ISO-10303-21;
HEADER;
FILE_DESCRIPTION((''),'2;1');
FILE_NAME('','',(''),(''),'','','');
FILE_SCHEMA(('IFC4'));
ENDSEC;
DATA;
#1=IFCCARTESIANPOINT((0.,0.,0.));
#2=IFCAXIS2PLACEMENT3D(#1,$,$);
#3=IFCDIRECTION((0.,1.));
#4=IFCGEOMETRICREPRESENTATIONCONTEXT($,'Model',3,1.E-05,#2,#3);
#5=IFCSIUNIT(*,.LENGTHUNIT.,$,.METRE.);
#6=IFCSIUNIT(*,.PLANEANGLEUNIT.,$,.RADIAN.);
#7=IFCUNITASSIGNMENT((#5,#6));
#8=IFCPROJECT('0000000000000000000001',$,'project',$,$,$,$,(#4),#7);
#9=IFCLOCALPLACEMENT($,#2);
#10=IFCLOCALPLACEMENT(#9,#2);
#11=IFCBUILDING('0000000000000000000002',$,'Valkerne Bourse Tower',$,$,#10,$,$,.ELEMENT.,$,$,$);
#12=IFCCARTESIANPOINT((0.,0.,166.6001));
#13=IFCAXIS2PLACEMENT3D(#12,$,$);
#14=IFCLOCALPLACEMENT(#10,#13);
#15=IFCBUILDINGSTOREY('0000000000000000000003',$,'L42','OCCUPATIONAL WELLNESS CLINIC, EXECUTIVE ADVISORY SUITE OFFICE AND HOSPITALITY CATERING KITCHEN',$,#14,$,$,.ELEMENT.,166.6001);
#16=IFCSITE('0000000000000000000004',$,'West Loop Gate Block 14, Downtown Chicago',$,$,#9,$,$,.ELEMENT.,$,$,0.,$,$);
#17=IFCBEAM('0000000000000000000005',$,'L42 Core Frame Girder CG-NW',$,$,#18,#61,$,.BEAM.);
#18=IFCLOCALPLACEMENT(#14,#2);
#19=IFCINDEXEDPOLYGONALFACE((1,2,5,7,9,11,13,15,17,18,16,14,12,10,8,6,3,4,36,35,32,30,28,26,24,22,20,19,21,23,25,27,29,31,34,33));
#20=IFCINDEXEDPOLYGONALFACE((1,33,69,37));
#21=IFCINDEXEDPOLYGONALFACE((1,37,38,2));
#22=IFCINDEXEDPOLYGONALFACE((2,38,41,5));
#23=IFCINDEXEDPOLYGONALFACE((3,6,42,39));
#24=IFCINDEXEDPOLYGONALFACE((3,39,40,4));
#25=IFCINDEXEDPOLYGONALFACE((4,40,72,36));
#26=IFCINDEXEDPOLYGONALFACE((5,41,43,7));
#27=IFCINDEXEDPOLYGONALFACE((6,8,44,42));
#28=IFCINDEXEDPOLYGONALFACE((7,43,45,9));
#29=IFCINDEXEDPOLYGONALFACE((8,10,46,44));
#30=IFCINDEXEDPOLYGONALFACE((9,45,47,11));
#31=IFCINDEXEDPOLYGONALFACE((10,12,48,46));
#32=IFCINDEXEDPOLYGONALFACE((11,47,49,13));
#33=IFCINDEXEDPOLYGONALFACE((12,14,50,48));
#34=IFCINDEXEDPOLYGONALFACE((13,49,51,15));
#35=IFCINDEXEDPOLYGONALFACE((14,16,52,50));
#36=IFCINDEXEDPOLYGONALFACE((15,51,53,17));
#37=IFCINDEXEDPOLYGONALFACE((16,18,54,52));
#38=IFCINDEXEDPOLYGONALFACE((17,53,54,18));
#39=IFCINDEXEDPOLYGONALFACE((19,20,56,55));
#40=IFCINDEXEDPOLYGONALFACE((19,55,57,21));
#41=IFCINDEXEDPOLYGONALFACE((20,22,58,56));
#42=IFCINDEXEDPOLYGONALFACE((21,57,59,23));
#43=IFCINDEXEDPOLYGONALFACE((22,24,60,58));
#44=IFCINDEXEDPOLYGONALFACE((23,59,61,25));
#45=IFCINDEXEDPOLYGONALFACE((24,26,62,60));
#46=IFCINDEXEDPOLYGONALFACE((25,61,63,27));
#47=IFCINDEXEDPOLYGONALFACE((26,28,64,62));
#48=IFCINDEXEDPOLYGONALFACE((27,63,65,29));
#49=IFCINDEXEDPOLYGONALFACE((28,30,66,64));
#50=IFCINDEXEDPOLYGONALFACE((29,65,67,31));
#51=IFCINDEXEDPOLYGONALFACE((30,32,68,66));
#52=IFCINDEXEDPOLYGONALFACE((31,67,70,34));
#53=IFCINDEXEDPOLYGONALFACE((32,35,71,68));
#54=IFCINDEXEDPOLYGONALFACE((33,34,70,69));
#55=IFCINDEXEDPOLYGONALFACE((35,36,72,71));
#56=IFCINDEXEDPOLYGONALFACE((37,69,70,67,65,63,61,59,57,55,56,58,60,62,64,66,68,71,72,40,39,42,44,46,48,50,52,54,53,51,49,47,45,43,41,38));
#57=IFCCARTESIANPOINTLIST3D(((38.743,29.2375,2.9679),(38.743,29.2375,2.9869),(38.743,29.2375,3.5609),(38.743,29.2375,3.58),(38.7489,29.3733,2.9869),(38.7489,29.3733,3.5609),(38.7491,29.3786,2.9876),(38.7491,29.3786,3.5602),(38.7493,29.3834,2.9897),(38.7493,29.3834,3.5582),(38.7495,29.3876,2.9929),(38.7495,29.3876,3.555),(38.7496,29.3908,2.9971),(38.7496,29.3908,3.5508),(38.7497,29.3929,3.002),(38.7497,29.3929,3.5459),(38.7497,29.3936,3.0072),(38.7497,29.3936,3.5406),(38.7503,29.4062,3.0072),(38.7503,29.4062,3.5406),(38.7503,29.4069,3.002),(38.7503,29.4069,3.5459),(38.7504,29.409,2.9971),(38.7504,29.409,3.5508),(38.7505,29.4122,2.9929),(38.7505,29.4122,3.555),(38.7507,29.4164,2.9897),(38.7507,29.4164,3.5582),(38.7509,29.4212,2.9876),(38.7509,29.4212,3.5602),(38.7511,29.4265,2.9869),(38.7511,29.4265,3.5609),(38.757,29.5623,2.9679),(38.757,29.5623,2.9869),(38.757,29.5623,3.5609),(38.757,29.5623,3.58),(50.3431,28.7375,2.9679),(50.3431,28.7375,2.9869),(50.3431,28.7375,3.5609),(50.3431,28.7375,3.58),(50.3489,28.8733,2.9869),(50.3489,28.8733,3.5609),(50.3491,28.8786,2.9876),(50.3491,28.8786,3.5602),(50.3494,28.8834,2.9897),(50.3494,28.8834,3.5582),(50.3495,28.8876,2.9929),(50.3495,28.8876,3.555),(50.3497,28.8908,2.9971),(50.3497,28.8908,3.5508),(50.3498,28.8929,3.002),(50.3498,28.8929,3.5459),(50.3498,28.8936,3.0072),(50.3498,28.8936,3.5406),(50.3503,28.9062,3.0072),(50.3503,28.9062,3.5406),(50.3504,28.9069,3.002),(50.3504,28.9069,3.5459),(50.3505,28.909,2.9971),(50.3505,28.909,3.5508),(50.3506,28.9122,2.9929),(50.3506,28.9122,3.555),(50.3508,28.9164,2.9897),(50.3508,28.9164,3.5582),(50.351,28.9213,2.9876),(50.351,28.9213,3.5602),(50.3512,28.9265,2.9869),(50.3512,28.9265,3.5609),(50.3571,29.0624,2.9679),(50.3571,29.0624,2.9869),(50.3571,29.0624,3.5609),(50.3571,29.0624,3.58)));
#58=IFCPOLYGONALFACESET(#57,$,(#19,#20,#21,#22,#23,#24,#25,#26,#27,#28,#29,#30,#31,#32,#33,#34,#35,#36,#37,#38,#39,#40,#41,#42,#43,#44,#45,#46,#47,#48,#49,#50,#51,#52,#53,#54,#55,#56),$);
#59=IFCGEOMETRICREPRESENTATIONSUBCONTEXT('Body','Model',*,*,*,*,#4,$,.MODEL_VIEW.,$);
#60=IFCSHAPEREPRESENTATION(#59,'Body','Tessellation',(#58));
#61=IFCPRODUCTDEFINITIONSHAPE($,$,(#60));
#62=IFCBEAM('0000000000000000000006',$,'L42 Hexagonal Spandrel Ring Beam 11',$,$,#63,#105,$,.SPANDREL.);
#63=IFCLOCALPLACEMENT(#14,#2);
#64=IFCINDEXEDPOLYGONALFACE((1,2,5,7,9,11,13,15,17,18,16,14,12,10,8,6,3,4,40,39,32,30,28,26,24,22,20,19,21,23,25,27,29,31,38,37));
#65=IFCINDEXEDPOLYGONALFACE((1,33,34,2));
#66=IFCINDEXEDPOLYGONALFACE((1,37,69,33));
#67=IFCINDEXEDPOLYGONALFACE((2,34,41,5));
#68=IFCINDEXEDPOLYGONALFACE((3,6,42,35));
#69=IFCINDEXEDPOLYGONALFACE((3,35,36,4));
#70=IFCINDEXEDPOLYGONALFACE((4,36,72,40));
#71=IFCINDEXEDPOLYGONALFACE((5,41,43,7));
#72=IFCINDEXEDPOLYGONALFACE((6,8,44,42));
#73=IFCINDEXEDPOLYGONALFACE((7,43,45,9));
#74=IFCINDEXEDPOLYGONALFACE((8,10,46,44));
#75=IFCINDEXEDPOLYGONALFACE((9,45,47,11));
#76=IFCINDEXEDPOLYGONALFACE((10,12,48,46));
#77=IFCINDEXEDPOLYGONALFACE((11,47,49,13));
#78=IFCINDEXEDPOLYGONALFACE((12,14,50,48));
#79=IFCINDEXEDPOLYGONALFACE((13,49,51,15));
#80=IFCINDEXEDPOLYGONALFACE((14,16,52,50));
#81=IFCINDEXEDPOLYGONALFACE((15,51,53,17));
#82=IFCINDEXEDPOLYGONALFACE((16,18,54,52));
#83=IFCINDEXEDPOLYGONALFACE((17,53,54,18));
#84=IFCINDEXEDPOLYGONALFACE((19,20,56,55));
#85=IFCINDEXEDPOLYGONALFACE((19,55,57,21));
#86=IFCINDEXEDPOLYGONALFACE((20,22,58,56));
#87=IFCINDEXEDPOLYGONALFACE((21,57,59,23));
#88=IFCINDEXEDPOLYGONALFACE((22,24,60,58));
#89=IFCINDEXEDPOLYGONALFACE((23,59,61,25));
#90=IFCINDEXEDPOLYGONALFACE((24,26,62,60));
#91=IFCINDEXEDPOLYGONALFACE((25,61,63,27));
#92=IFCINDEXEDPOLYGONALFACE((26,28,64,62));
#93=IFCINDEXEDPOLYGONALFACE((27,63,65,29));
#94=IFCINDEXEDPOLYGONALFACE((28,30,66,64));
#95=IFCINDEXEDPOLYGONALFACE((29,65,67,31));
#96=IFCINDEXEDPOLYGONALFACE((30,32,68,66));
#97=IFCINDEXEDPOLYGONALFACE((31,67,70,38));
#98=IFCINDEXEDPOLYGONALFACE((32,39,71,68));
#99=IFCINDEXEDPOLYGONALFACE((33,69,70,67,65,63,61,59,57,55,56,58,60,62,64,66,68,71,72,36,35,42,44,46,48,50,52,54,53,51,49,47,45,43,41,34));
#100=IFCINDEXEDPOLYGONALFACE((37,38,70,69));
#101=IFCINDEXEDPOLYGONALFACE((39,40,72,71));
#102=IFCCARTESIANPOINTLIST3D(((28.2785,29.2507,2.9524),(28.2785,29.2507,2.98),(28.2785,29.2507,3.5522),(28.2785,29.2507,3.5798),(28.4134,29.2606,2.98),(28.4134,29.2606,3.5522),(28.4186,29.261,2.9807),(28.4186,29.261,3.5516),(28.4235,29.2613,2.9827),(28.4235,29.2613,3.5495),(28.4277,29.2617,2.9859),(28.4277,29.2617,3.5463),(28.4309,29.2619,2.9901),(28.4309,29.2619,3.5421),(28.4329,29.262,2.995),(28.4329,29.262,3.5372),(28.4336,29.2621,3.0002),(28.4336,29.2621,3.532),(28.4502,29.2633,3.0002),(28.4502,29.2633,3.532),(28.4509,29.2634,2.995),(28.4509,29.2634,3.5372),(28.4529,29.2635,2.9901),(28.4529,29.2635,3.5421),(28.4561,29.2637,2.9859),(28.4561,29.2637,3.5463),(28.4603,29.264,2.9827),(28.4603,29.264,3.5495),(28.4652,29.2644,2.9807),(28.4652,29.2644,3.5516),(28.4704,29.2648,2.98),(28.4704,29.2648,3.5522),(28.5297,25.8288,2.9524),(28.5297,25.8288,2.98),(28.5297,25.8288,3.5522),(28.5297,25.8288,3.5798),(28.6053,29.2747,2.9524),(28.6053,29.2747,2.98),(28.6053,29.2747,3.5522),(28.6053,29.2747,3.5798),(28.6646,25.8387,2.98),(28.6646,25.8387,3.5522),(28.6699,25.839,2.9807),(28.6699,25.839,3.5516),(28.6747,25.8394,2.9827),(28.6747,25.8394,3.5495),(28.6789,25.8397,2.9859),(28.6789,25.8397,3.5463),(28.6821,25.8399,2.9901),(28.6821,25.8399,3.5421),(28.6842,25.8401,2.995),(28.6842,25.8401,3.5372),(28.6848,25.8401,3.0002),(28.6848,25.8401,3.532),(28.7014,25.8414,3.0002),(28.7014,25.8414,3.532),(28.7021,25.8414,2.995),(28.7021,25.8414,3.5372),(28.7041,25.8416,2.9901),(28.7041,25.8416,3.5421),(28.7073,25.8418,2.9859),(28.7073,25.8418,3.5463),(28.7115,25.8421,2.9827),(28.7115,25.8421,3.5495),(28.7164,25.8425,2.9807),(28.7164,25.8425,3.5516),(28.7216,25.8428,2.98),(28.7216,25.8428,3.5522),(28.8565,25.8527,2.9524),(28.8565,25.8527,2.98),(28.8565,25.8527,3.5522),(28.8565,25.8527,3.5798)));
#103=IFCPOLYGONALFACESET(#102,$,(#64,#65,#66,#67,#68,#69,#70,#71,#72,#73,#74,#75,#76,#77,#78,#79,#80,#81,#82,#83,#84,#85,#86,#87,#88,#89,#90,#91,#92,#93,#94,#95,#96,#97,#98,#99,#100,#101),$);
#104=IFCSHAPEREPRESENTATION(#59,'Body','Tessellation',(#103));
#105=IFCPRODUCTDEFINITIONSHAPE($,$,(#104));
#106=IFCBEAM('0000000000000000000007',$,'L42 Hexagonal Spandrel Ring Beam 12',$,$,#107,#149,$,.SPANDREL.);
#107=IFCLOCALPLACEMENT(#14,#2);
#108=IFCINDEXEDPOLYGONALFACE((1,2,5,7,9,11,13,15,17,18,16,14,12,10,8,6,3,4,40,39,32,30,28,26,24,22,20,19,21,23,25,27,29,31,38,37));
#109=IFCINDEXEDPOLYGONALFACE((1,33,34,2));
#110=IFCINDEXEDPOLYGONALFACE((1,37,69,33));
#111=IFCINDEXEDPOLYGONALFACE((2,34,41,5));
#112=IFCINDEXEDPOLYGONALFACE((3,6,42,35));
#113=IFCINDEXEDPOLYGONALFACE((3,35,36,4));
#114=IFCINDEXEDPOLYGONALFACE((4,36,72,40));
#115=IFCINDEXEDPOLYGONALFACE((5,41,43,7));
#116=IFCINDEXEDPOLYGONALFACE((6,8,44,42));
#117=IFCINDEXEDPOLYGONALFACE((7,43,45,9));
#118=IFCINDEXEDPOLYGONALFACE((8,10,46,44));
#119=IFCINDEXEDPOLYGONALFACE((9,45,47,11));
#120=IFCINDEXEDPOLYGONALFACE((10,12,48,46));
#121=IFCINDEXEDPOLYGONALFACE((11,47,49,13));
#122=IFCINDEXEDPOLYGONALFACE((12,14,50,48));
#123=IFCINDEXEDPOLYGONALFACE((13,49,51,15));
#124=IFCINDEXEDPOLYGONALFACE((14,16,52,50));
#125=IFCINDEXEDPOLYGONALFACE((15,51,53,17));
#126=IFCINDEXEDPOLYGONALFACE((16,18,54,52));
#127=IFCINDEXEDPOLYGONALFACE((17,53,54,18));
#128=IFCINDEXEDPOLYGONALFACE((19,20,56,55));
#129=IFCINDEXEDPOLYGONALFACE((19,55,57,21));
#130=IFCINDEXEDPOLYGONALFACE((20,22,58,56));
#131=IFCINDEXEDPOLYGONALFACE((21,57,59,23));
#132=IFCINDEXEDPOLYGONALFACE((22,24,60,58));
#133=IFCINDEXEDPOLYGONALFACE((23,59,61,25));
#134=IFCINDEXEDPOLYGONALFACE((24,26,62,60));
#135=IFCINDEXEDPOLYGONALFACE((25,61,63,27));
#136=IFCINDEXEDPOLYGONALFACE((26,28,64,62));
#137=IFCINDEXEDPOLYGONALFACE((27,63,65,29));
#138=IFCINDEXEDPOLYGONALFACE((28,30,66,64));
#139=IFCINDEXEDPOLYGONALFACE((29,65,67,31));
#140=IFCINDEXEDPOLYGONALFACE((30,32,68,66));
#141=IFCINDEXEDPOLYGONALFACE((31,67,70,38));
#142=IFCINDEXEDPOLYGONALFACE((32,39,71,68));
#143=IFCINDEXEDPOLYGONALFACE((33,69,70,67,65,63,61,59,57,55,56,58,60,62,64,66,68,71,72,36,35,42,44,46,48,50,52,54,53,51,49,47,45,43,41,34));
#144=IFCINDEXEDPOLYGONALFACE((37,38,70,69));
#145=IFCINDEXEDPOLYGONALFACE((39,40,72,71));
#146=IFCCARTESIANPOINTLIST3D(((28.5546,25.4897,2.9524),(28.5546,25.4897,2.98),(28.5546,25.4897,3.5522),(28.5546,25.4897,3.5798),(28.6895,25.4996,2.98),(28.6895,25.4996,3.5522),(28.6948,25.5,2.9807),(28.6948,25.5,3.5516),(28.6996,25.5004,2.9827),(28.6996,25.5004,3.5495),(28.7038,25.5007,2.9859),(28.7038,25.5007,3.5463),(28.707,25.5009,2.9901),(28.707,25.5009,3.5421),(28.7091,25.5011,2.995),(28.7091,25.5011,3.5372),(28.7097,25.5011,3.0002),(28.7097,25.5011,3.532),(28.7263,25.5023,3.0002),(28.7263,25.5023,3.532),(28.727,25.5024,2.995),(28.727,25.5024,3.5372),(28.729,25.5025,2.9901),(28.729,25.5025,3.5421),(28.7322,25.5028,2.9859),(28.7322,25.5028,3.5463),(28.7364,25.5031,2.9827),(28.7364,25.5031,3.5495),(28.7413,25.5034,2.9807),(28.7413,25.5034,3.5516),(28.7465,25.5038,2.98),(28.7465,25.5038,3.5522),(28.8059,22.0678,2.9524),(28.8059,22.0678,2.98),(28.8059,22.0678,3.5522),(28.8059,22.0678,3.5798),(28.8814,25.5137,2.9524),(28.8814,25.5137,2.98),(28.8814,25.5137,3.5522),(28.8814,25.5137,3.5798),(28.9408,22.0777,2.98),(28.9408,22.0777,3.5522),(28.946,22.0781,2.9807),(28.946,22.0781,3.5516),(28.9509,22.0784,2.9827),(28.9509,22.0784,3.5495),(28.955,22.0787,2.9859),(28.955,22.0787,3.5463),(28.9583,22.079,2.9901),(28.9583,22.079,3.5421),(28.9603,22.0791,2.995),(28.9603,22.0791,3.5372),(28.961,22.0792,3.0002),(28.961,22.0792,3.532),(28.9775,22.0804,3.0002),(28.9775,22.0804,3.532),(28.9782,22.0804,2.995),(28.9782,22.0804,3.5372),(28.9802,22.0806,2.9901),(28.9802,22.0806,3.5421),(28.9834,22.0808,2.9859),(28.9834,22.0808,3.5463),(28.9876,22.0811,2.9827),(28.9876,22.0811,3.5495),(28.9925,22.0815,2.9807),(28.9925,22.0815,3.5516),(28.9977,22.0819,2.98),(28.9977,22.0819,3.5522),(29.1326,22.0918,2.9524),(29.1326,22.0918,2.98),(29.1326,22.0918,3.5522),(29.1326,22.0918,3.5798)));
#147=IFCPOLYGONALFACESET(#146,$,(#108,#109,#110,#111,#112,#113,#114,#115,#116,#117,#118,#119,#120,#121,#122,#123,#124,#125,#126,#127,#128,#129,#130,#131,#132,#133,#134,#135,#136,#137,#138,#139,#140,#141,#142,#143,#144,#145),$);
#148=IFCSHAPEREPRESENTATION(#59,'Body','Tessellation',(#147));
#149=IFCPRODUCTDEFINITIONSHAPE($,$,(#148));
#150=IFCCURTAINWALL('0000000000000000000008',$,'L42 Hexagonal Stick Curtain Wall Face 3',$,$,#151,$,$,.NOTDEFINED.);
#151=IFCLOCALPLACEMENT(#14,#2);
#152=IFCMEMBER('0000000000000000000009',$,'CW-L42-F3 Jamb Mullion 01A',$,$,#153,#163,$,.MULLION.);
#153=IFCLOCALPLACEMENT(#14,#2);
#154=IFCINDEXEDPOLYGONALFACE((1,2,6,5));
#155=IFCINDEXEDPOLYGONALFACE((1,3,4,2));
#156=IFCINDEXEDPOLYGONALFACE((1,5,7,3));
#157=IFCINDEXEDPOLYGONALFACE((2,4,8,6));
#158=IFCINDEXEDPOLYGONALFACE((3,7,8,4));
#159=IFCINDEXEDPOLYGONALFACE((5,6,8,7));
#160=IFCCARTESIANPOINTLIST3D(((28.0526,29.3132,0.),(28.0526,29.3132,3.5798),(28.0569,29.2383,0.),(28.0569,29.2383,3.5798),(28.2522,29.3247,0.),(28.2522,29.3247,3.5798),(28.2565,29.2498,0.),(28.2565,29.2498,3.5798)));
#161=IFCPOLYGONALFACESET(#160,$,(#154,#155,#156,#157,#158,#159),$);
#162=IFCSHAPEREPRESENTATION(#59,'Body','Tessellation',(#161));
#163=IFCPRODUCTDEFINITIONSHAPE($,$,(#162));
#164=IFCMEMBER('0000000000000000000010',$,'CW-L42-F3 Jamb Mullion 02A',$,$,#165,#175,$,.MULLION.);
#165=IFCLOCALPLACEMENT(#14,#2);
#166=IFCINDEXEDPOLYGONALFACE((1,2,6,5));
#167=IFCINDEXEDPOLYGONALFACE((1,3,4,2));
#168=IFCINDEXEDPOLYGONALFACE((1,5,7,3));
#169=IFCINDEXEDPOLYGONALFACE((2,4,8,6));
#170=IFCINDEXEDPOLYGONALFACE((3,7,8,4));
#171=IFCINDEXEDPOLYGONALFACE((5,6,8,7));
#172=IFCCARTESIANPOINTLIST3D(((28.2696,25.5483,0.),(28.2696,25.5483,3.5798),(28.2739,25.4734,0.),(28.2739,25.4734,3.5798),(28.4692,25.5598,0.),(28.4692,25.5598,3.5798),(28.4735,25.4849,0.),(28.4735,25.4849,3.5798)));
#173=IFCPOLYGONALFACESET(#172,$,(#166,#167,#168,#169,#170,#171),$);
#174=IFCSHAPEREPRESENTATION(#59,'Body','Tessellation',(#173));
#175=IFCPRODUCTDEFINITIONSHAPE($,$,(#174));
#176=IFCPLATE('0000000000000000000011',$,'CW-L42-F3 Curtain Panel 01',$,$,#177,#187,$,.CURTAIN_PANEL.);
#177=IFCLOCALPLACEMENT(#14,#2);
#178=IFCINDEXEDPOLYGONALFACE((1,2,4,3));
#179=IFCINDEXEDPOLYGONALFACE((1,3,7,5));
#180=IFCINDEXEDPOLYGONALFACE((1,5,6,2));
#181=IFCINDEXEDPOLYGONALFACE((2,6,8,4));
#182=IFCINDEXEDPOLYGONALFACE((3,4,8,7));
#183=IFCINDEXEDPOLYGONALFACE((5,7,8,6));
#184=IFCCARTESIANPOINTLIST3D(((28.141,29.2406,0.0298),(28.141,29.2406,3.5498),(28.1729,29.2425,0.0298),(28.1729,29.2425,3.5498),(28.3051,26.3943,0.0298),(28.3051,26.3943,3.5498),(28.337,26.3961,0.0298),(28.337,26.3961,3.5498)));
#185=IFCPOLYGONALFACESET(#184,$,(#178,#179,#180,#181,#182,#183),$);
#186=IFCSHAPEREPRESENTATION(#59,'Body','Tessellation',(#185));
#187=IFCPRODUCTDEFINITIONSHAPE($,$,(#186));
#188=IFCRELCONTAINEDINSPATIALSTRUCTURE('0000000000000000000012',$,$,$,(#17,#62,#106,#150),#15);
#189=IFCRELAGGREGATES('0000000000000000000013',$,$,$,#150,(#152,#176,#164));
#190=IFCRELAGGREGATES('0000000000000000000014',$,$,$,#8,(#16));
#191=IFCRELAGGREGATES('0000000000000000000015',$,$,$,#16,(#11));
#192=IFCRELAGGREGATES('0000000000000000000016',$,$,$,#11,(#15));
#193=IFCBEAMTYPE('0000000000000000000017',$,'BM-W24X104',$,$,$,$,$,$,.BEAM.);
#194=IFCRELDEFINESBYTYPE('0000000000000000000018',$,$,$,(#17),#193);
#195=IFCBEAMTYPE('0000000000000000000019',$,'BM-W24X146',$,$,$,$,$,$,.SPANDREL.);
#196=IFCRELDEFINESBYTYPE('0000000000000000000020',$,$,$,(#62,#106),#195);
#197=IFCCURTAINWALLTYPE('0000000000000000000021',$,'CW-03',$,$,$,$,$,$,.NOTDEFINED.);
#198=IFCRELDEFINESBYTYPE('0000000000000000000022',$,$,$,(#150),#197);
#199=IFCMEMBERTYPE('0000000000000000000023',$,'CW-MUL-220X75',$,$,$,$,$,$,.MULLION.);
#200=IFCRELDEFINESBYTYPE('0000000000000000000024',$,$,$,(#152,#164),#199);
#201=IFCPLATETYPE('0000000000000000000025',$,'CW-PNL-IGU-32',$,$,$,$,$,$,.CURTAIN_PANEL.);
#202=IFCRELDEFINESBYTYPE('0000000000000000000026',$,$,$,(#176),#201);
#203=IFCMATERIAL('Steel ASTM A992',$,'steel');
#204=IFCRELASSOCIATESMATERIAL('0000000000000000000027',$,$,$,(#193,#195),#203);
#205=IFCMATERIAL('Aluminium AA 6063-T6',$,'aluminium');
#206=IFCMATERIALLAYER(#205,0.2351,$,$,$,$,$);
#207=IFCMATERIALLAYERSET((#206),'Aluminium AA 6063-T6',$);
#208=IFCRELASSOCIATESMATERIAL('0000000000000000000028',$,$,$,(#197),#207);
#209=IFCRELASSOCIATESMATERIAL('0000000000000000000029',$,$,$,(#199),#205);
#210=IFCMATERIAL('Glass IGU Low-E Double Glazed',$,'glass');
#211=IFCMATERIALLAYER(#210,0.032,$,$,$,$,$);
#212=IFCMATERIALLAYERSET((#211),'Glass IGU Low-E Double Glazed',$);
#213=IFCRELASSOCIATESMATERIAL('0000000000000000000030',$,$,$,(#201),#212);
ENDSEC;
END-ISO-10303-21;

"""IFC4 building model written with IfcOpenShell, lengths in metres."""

from ifc_helpers import new_model, si_unit, direction, frame, origin, origin_2d, place, context, subcontext, project, spatial, rectangle, i_section, extrude, material, layer, layer_set, material_profile, profile_set, type_object, element, aggregate, save


model = new_model("IFC4")

# Units and contexts
model_context = context("Model", 3, precision=1e-05, world=origin(), true_north=direction((0.0, 1.0)))
body_context = subcontext(model_context, "Body", "Model", "MODEL_VIEW")
ifc_project = project(units=[si_unit("LENGTHUNIT", "METRE"), si_unit("PLANEANGLEUNIT", "RADIAN")], contexts=[model_context])

# Site, building, storey
site_placement = place(None, origin())
site = spatial("IfcSite", under=ifc_project, at=site_placement, Name="West Loop Gate Block 14, Downtown Chicago", CompositionType="ELEMENT", RefElevation=0.0)
building_placement = place(site_placement, origin())
building = spatial("IfcBuilding", under=site, at=building_placement, Name="Valkerne Bourse Tower", CompositionType="ELEMENT")
storey_placement = place(building_placement, frame((0.0, 0.0, 166.6001)))
storey = spatial("IfcBuildingStorey", under=building, at=storey_placement, Name="L42", Description="OCCUPATIONAL WELLNESS CLINIC, EXECUTIVE ADVISORY SUITE OFFICE AND HOSPITALITY CATERING KITCHEN", CompositionType="ELEMENT", Elevation=166.6001)

# Beams
ifc_material_1 = material(Name="Steel ASTM A992", Category="steel")
ifc_material_profile_1 = material_profile(ifc_material_1, i_section(OverallWidth=0.3252, OverallDepth=0.6121, WebThickness=0.0127, FlangeThickness=0.019, FilletRadius=0.0203, at=origin_2d()), Name="W24X104")
ifc_profile_set_1 = profile_set([ifc_material_profile_1], Name="Steel ASTM A992")
beam_type_1 = type_object("IfcBeamType", Name="BM-W24X104", PredefinedType="BEAM", material=ifc_profile_set_1)
beam_1_placement = place(storey_placement, frame((38.75, 29.3999, 3.2739), z_axis=(0.999072, -0.043063, 0.0), x_axis=(0.043063, 0.999072, 0.0)))
element("IfcBeam", 1, at=beam_1_placement, inside=storey, type_object=beam_type_1, Name="L42 Core Frame Girder CG-NW", PredefinedType="BEAM", context=body_context, shape_type="SweptSolid", body=[
    extrude(i_section(OverallWidth=0.3252, OverallDepth=0.6121, WebThickness=0.0127, FlangeThickness=0.019, FilletRadius=0.0203, at=origin_2d()), origin(), (0.0, 0.0, 1.0), 11.6108),
])
ifc_material_profile_2 = material_profile(ifc_material_1, i_section(OverallWidth=0.3276, OverallDepth=0.6274, WebThickness=0.0166, FlangeThickness=0.0276, FilletRadius=0.0203, at=origin_2d()), Name="W24X146")
ifc_profile_set_2 = profile_set([ifc_material_profile_2], Name="Steel ASTM A992")
beam_type_2 = type_object("IfcBeamType", Name="BM-W24X146", PredefinedType="SPANDREL", material=ifc_profile_set_2)
for number, where, z_axis, x_axis, name in (
    (2, (28.4419, 29.2627, 3.2661), (0.073219, -0.997316, 0.0), (0.997316, 0.073219, 0.0), "L42 Hexagonal Spandrel Ring Beam 11"),
    (3, (28.718, 25.5017, 3.2661), (0.073219, -0.997316, 0.0), (0.997316, 0.073219, 0.0), "L42 Hexagonal Spandrel Ring Beam 12"),
):
    element("IfcBeam", number, at=place(storey_placement, frame(where, z_axis=z_axis, x_axis=x_axis)), inside=storey, type_object=beam_type_2, Name=name, PredefinedType="SPANDREL", context=body_context, shape_type="SweptSolid", body=[
        extrude(i_section(OverallWidth=0.3276, OverallDepth=0.6274, WebThickness=0.0166, FlangeThickness=0.0276, FilletRadius=0.0203, at=origin_2d()), origin(), (0.0, 0.0, 1.0), 3.4312),
    ])

# Curtain wall, members, plate
ifc_material_2 = material(Name="Aluminium AA 6063-T6", Category="aluminium")
ifc_layer_1 = layer(ifc_material_2, 0.2351)
ifc_layer_set_1 = layer_set([ifc_layer_1], Name="Aluminium AA 6063-T6")
curtain_wall_type = type_object("IfcCurtainWallType", Name="CW-03", PredefinedType="NOTDEFINED", material=ifc_layer_set_1)
curtain_wall_placement = place(storey_placement, origin())
curtain_wall = element("IfcCurtainWall", 4, at=curtain_wall_placement, inside=storey, type_object=curtain_wall_type, Name="L42 Hexagonal Stick Curtain Wall Face 3", PredefinedType="NOTDEFINED")
ifc_material_profile_3 = material_profile(ifc_material_2, rectangle(XDim=0.075, YDim=0.2, at=origin_2d()), Name="CWM-75X200")
ifc_profile_set_3 = profile_set([ifc_material_profile_3], Name="Aluminium AA 6063-T6")
member_type = type_object("IfcMemberType", Name="CW-MUL-220X75", PredefinedType="MULLION", material=ifc_profile_set_3)
member_1_placement = place(storey_placement, frame((28.1545, 29.2815, 0.0), z_axis=(0.0, 0.0, 1.0), x_axis=(0.057572, -0.998341, 0.0)))
member_1 = element("IfcMember", 5, at=member_1_placement, type_object=member_type, Name="CW-L42-F3 Jamb Mullion 01A", PredefinedType="MULLION", context=body_context, shape_type="SweptSolid", body=[
    extrude(rectangle(XDim=0.075, YDim=0.2, at=origin_2d()), origin(), (0.0, 0.0, 1.0), 3.5798),
])
member_2_placement = place(storey_placement, frame((28.3716, 25.5166, 0.0), z_axis=(0.0, 0.0, 1.0), x_axis=(0.057545, -0.998343, 0.0)))
member_2 = element("IfcMember", 6, at=member_2_placement, type_object=member_type, Name="CW-L42-F3 Jamb Mullion 02A", PredefinedType="MULLION", context=body_context, shape_type="SweptSolid", body=[
    extrude(rectangle(XDim=0.075, YDim=0.2, at=origin_2d()), origin(), (0.0, 0.0, 1.0), 3.5798),
])
ifc_material_3 = material(Name="Glass IGU Low-E Double Glazed", Category="glass")
ifc_layer_2 = layer(ifc_material_3, 0.032)
ifc_layer_set_2 = layer_set([ifc_layer_2], Name="Glass IGU Low-E Double Glazed")
plate_type = type_object("IfcPlateType", Name="CW-PNL-IGU-32", PredefinedType="CURTAIN_PANEL", material=ifc_layer_set_2)
plate_1_placement = place(storey_placement, frame((28.239, 27.8184, 0.0298), z_axis=(0.0, 0.0, 1.0), x_axis=(0.057572, -0.998341, 0.0)))
plate_1 = element("IfcPlate", 7, at=plate_1_placement, type_object=plate_type, Name="CW-L42-F3 Curtain Panel 01", PredefinedType="CURTAIN_PANEL", context=body_context, shape_type="SweptSolid", body=[
    extrude(rectangle(XDim=2.8511, YDim=0.032, at=origin_2d()), origin(), (0.0, 0.0, 1.0), 3.52),
])
aggregate(curtain_wall, [member_1, plate_1, member_2])

save(model, "model.ifc")
